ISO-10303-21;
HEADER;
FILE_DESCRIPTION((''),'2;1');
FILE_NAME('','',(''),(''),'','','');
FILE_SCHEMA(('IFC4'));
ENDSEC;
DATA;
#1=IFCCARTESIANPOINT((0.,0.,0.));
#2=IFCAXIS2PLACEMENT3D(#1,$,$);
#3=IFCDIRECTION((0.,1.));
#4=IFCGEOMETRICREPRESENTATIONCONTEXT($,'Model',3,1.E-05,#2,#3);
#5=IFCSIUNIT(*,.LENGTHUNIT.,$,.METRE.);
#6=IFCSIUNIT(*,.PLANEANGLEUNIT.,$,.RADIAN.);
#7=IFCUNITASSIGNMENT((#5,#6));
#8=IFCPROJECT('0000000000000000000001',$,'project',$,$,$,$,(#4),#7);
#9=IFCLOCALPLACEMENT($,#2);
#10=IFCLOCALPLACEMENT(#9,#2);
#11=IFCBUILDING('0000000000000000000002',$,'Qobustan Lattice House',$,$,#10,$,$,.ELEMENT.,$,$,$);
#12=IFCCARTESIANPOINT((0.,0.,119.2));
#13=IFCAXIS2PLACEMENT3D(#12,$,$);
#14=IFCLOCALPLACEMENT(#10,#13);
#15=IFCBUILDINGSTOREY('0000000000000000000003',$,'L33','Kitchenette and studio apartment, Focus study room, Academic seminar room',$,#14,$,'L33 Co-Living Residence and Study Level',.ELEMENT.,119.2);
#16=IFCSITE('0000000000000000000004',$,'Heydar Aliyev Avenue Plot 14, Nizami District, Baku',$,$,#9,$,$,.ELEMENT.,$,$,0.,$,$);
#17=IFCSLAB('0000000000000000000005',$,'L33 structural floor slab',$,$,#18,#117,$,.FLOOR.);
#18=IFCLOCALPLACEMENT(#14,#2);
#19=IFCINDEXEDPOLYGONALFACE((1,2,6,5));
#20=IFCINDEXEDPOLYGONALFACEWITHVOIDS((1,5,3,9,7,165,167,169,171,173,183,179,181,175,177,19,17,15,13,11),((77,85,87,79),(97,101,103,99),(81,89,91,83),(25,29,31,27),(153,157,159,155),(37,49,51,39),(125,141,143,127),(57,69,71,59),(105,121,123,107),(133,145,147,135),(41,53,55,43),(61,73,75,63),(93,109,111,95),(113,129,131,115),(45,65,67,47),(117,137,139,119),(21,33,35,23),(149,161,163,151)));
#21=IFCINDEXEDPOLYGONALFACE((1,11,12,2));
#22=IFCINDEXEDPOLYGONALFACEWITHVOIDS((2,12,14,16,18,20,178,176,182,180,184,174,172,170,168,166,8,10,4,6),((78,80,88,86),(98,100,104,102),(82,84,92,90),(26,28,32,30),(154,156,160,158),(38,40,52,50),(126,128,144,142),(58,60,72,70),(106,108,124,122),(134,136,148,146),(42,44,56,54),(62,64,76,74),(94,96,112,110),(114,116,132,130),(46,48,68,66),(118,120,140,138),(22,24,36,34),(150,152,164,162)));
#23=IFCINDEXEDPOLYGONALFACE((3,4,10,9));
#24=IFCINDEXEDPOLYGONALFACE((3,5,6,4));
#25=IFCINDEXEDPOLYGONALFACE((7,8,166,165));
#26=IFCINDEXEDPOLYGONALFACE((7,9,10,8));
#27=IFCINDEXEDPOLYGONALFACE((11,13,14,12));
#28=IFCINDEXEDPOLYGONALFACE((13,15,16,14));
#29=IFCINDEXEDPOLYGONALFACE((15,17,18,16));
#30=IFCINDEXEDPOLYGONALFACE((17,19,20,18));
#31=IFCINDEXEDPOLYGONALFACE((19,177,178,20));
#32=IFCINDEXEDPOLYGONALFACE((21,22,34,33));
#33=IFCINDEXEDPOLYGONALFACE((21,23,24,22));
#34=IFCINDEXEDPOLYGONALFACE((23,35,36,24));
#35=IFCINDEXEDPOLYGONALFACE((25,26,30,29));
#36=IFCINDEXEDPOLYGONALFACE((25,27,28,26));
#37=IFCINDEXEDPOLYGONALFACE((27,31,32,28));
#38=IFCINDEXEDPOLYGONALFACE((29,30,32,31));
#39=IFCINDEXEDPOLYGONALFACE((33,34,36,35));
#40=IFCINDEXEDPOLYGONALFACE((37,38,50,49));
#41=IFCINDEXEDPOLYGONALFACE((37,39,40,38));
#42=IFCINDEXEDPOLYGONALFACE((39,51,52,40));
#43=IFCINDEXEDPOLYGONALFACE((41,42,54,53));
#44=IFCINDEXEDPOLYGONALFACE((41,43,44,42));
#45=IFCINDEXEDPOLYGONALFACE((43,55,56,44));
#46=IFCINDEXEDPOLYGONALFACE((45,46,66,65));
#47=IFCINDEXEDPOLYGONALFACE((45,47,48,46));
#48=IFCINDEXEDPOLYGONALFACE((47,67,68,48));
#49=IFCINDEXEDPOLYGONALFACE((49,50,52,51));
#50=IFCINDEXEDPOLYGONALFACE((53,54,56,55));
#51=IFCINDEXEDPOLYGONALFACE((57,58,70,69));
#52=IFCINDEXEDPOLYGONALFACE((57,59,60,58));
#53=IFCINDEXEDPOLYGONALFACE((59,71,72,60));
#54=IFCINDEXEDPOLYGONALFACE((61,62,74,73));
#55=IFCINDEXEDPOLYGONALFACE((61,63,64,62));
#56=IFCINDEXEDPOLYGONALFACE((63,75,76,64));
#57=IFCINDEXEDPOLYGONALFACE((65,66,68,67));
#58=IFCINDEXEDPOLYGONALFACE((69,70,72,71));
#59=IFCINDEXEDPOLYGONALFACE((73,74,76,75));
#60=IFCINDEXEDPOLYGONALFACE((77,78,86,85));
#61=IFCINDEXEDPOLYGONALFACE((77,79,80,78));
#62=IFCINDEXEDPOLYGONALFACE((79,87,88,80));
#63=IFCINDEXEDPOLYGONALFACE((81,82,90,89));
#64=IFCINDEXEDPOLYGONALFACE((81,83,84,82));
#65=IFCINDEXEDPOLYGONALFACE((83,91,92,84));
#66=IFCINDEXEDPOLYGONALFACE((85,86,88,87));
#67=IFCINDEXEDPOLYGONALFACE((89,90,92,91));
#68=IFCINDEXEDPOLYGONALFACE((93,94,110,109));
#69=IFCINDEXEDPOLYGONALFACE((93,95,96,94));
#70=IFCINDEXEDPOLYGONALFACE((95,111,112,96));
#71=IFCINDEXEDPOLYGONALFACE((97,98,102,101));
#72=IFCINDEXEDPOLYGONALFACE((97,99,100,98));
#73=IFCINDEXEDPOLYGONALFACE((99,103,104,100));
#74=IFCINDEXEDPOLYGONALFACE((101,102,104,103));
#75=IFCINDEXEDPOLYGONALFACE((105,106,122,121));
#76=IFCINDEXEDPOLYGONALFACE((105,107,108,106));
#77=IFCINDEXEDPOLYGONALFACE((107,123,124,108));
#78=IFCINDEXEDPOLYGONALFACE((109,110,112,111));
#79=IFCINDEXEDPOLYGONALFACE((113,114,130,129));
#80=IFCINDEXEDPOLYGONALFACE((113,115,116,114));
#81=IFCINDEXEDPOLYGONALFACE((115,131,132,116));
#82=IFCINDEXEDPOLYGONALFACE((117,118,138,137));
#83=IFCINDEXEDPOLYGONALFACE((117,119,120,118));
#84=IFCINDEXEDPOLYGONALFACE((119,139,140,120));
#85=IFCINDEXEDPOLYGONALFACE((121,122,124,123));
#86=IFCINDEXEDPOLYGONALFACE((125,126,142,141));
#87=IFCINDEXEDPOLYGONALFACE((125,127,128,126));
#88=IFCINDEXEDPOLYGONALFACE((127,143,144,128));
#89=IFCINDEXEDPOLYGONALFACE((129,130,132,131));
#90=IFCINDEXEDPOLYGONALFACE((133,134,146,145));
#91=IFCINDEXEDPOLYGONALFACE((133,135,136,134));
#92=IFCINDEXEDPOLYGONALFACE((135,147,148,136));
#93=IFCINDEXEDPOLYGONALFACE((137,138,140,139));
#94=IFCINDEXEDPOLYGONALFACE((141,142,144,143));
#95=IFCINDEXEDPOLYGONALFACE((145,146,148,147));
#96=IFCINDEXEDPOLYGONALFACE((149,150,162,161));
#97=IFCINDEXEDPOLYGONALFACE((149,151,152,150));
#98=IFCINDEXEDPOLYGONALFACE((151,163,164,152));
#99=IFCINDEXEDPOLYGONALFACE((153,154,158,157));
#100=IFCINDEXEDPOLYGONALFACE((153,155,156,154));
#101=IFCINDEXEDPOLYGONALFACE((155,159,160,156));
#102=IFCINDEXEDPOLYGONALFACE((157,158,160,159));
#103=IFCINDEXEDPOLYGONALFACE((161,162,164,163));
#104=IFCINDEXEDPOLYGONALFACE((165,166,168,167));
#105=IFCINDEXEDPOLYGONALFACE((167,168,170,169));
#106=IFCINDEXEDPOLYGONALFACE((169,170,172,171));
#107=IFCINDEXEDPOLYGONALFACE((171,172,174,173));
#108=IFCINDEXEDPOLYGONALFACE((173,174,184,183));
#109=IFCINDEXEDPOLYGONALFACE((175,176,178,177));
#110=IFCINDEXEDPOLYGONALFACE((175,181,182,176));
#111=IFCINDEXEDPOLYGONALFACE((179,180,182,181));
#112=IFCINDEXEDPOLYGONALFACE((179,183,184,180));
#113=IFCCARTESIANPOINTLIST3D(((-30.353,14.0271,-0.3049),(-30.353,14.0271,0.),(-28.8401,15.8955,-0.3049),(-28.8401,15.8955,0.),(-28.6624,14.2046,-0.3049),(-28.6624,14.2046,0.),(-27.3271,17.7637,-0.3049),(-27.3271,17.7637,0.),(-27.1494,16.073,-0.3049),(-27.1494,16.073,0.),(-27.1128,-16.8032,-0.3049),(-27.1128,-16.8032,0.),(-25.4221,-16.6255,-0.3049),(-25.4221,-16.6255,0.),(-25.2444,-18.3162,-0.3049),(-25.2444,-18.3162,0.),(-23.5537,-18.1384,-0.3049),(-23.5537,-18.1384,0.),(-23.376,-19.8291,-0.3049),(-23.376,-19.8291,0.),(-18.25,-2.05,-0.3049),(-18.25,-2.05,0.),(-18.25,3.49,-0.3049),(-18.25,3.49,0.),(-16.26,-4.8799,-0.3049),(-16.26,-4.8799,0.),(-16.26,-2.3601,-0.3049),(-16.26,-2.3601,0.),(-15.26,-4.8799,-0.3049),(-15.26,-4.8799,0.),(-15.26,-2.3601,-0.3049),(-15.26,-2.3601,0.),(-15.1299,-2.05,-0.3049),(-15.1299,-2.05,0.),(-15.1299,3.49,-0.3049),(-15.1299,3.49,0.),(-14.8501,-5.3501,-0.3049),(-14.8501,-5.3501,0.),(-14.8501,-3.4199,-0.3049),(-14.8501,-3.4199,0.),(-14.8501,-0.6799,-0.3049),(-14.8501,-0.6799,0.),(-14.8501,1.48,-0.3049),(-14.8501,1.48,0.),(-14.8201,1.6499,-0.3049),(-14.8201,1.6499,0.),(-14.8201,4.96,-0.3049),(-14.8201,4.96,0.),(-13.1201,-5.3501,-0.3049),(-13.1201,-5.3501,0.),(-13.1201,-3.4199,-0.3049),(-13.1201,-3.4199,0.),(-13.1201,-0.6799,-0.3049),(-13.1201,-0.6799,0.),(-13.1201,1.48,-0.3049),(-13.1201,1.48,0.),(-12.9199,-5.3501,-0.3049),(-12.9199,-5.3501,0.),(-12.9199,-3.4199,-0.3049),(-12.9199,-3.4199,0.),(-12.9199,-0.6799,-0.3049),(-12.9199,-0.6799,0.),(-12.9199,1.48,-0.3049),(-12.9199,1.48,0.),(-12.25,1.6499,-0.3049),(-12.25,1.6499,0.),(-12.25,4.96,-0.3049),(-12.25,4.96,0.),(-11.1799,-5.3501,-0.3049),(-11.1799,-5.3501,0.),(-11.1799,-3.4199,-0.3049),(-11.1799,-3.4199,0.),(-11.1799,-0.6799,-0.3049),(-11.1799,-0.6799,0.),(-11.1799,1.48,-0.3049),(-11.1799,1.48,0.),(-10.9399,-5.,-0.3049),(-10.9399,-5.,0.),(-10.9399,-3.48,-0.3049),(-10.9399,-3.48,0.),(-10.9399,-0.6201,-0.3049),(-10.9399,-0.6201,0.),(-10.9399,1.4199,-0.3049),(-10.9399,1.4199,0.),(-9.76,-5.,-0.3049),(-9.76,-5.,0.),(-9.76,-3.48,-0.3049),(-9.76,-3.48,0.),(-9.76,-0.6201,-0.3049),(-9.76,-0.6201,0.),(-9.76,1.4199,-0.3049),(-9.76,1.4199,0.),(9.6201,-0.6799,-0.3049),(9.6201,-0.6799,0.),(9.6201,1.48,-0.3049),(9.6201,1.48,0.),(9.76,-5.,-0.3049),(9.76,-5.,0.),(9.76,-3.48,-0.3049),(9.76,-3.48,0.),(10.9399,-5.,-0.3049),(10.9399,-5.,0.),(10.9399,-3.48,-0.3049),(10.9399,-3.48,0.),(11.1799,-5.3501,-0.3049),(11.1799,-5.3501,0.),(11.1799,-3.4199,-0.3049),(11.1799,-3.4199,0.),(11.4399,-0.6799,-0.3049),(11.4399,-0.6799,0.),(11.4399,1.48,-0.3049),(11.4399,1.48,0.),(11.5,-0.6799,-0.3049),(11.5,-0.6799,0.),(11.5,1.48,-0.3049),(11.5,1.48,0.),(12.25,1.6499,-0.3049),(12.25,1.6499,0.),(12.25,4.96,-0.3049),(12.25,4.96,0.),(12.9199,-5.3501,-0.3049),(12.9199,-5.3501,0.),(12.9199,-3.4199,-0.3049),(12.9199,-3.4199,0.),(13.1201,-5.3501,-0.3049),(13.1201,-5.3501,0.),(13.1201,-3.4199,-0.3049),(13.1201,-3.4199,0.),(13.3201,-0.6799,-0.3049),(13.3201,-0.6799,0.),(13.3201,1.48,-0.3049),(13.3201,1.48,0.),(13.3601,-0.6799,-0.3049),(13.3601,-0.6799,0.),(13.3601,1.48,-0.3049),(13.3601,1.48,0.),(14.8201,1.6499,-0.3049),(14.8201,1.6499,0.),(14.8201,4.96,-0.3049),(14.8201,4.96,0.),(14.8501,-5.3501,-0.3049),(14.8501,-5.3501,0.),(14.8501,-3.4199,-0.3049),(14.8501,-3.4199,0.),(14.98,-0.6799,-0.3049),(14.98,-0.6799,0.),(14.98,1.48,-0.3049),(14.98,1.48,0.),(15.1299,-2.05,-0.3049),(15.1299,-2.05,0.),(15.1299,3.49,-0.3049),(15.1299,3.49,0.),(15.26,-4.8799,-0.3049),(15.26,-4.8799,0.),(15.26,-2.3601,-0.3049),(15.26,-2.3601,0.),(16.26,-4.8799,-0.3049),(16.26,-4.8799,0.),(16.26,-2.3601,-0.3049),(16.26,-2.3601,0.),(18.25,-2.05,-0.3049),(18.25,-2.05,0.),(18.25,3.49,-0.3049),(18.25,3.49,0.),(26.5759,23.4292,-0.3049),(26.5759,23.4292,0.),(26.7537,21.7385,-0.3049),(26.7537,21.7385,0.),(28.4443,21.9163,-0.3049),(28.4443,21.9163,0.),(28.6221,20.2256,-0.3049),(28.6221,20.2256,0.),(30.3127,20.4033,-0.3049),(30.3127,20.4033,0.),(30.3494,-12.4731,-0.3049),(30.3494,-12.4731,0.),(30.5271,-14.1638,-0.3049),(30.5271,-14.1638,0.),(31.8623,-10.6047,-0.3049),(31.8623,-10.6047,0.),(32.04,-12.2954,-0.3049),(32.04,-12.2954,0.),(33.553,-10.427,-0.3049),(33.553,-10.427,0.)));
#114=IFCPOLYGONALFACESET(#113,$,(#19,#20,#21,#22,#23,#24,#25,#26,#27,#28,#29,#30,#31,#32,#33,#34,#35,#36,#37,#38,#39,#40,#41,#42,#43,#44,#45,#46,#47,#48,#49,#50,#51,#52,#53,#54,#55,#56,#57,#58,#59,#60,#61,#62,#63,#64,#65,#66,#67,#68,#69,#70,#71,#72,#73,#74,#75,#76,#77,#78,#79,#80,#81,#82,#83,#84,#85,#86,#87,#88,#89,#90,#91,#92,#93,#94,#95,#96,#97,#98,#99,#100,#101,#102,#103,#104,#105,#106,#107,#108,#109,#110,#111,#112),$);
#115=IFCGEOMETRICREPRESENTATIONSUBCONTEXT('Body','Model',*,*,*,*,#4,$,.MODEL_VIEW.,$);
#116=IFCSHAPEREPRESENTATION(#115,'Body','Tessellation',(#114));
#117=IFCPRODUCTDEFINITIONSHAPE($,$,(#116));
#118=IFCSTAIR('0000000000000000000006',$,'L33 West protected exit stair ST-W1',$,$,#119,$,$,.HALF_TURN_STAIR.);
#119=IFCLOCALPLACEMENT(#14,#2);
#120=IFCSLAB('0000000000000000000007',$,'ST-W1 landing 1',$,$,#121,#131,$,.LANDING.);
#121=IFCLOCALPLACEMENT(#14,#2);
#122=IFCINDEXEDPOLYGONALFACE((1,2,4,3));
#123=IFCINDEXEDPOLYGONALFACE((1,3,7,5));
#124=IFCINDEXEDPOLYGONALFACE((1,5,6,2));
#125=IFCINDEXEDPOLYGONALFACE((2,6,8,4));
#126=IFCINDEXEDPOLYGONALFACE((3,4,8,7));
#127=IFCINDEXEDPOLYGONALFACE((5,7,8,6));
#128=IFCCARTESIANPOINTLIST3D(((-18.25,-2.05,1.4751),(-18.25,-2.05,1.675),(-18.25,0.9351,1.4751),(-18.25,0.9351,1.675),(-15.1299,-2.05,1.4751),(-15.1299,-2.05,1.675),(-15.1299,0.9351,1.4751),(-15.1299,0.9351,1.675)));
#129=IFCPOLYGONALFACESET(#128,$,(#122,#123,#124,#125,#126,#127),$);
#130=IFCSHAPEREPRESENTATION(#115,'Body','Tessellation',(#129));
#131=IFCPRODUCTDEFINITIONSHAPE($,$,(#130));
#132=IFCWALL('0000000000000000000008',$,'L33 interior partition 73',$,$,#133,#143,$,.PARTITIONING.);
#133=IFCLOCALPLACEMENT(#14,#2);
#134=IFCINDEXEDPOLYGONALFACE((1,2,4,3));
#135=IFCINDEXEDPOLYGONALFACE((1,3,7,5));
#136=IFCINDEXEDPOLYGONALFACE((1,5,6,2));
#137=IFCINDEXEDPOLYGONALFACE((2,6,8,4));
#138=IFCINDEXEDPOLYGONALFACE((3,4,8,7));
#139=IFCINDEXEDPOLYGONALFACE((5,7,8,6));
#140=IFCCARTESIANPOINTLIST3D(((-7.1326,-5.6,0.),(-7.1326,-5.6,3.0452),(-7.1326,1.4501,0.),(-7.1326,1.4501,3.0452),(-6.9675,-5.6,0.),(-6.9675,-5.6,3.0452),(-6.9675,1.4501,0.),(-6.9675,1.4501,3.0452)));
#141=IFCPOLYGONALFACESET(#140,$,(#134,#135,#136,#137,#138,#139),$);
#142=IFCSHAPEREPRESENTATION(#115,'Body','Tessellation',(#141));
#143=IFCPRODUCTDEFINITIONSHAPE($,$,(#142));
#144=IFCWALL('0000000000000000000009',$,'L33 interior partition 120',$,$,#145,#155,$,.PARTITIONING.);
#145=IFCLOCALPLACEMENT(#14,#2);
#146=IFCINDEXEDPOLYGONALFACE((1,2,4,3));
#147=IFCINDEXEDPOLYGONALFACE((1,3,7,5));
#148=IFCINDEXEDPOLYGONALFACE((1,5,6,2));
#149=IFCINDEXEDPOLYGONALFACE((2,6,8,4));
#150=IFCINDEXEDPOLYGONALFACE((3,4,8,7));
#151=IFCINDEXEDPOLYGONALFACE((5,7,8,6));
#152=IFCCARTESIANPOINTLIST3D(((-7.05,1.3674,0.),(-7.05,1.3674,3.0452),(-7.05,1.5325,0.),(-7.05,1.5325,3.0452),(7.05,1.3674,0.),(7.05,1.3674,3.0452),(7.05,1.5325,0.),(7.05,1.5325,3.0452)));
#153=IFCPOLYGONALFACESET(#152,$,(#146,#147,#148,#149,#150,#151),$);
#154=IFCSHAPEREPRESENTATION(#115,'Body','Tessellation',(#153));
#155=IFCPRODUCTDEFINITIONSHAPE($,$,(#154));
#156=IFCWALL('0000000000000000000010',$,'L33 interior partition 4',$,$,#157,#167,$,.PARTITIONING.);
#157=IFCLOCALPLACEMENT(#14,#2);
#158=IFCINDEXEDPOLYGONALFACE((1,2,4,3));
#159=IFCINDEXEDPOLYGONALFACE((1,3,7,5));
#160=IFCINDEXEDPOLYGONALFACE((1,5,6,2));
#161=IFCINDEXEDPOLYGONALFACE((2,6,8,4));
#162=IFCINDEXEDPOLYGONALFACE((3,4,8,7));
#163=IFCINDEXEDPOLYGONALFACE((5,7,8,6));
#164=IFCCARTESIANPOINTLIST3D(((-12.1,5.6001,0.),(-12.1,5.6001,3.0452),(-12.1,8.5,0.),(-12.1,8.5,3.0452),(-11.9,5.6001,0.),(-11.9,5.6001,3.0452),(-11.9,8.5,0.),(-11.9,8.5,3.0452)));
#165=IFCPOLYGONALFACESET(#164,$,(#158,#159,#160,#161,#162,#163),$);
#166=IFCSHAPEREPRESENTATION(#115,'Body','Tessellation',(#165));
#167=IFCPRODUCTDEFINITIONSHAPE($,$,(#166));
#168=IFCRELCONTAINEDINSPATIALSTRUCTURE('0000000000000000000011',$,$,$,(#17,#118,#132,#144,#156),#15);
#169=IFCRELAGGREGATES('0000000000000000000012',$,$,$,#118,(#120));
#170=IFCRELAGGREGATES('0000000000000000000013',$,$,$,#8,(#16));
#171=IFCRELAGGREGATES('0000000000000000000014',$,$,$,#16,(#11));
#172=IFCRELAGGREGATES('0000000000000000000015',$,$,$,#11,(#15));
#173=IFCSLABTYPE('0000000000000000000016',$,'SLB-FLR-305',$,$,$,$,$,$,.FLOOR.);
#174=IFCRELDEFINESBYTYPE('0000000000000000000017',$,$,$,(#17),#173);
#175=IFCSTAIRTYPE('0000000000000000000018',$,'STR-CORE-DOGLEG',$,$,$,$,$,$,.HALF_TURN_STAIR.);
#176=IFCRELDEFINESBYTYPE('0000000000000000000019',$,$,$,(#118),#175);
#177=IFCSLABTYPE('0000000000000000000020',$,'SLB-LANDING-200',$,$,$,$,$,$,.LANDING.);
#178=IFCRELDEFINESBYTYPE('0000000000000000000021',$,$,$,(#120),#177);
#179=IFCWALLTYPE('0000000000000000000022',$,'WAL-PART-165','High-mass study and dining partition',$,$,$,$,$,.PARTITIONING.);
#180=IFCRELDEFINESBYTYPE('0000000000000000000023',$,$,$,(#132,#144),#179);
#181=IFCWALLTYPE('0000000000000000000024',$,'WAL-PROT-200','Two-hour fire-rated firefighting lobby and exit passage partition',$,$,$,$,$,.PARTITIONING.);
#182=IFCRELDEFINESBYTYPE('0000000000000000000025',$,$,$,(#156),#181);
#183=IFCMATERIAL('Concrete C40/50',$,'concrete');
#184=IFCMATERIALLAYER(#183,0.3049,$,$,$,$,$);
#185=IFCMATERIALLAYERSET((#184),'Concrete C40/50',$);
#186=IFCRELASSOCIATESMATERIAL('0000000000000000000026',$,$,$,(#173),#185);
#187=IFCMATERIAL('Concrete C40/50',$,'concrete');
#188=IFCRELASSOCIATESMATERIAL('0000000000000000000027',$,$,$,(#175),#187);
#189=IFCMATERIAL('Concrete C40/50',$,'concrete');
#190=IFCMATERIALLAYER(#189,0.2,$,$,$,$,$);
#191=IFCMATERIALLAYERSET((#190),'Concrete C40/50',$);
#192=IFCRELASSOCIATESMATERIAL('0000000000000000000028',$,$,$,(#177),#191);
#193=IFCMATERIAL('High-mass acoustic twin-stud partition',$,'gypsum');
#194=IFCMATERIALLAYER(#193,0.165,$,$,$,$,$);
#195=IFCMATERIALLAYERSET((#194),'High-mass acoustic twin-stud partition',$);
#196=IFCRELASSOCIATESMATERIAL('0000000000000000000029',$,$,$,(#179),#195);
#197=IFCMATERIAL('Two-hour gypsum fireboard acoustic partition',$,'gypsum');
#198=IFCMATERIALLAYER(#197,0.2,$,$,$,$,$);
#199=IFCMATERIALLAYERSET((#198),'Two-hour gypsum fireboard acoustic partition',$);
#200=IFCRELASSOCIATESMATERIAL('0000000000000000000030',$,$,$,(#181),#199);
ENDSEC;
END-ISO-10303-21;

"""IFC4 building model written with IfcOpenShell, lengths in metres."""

from ifc_helpers import new_model, si_unit, direction, frame, frame_2d, origin, place, context, subcontext, project, spatial, polyline, rectangle, outline, extrude, material, layer, layer_set, type_object, element, aggregate, save


model = new_model("IFC4")

# Units and contexts
model_context = context("Model", 3, precision=1e-05, world=origin(), true_north=direction((0.0, 1.0)))
body_context = subcontext(model_context, "Body", "Model", "MODEL_VIEW")
ifc_project = project(units=[si_unit("LENGTHUNIT", "METRE"), si_unit("PLANEANGLEUNIT", "RADIAN")], contexts=[model_context])

# Site, building, storey
site_placement = place(None, origin())
site = spatial("IfcSite", under=ifc_project, at=site_placement, Name="Heydar Aliyev Avenue Plot 14, Nizami District, Baku", CompositionType="ELEMENT", RefElevation=0.0)
building_placement = place(site_placement, origin())
building = spatial("IfcBuilding", under=site, at=building_placement, Name="Qobustan Lattice House", CompositionType="ELEMENT")
storey_placement = place(building_placement, frame((0.0, 0.0, 119.2)))
storey = spatial("IfcBuildingStorey", under=building, at=storey_placement, Name="L33", Description="Kitchenette and studio apartment, Focus study room, Academic seminar room", LongName="L33 Co-Living Residence and Study Level", CompositionType="ELEMENT", Elevation=119.2)

# Slab
ifc_material_1 = material(Name="Concrete C40/50", Category="concrete")
ifc_layer_1 = layer(ifc_material_1, 0.3049)
ifc_layer_set_1 = layer_set([ifc_layer_1], Name="Concrete C40/50")
slab_type_1 = type_object("IfcSlabType", Name="SLB-FLR-305", PredefinedType="FLOOR", material=ifc_layer_set_1)
slab_1_placement = place(storey_placement, frame((0.0, 0.0, -0.3049)))
element("IfcSlab", 1, at=slab_1_placement, inside=storey, type_object=slab_type_1, Name="L33 structural floor slab", PredefinedType="FLOOR", context=body_context, shape_type="SweptSolid", body=[
    extrude(outline(polyline([(-23.376, -19.8291), (30.5271, -14.1638), (30.3494, -12.4731), (32.04, -12.2954), (31.8623, -10.6047), (33.553, -10.427), (30.3127, 20.4033), (28.6221, 20.2256), (28.4443, 21.9163), (26.7537, 21.7385), (26.5759, 23.4292), (-27.3271, 17.7637), (-27.1494, 16.073), (-28.8401, 15.8955), (-28.6624, 14.2046), (-30.353, 14.0271), (-27.1128, -16.8032), (-25.4221, -16.6255), (-25.2444, -18.3162), (-23.5537, -18.1384), (-23.376, -19.8291)]), holes=[polyline([(-18.25, -2.05), (-18.25, 3.49), (-15.1299, 3.49), (-15.1299, -2.05), (-18.25, -2.05)]), polyline([(15.1299, -2.05), (15.1299, 3.49), (18.25, 3.49), (18.25, -2.05), (15.1299, -2.05)]), polyline([(-14.8201, 1.6499), (-14.8201, 4.96), (-12.25, 4.96), (-12.25, 1.6499), (-14.8201, 1.6499)]), polyline([(12.25, 1.6499), (12.25, 4.96), (14.8201, 4.96), (14.8201, 1.6499), (12.25, 1.6499)]), polyline([(-16.26, -4.8799), (-16.26, -2.3601), (-15.26, -2.3601), (-15.26, -4.8799), (-16.26, -4.8799)]), polyline([(15.26, -4.8799), (15.26, -2.3601), (16.26, -2.3601), (16.26, -4.8799), (15.26, -4.8799)]), polyline([(-14.8501, -5.3501), (-14.8501, -3.4199), (-13.1201, -3.4199), (-13.1201, -5.3501), (-14.8501, -5.3501)]), polyline([(-12.9199, -5.3501), (-12.9199, -3.4199), (-11.1799, -3.4199), (-11.1799, -5.3501), (-12.9199, -5.3501)]), polyline([(-14.8501, -0.6799), (-14.8501, 1.48), (-13.1201, 1.48), (-13.1201, -0.6799), (-14.8501, -0.6799)]), polyline([(-12.9199, -0.6799), (-12.9199, 1.48), (-11.1799, 1.48), (-11.1799, -0.6799), (-12.9199, -0.6799)]), polyline([(-10.9399, -5.0), (-10.9399, -3.48), (-9.76, -3.48), (-9.76, -5.0), (-10.9399, -5.0)]), polyline([(-10.9399, -0.6201), (-10.9399, 1.4199), (-9.76, 1.4199), (-9.76, -0.6201), (-10.9399, -0.6201)]), polyline([(11.1799, -5.3501), (11.1799, -3.4199), (12.9199, -3.4199), (12.9199, -5.3501), (11.1799, -5.3501)]), polyline([(13.1201, -5.3501), (13.1201, -3.4199), (14.8501, -3.4199), (14.8501, -5.3501), (13.1201, -5.3501)]), polyline([(9.76, -5.0), (9.76, -3.48), (10.9399, -3.48), (10.9399, -5.0), (9.76, -5.0)]), polyline([(13.3601, -0.6799), (13.3601, 1.48), (14.98, 1.48), (14.98, -0.6799), (13.3601, -0.6799)]), polyline([(9.6201, -0.6799), (9.6201, 1.48), (11.4399, 1.48), (11.4399, -0.6799), (9.6201, -0.6799)]), polyline([(11.5, -0.6799), (11.5, 1.48), (13.3201, 1.48), (13.3201, -0.6799), (11.5, -0.6799)])]), origin(), (0.0, 0.0, 1.0), 0.3049),
])

# Stair, slab
ifc_material_2 = material(Name="Concrete C40/50", Category="concrete")
stair_type = type_object("IfcStairType", Name="STR-CORE-DOGLEG", PredefinedType="HALF_TURN_STAIR", material=ifc_material_2)
stair_placement = place(storey_placement, origin())
stair = element("IfcStair", 2, at=stair_placement, inside=storey, type_object=stair_type, Name="L33 West protected exit stair ST-W1", PredefinedType="HALF_TURN_STAIR")
ifc_material_3 = material(Name="Concrete C40/50", Category="concrete")
ifc_layer_2 = layer(ifc_material_3, 0.2)
ifc_layer_set_2 = layer_set([ifc_layer_2], Name="Concrete C40/50")
slab_type_2 = type_object("IfcSlabType", Name="SLB-LANDING-200", PredefinedType="LANDING", material=ifc_layer_set_2)
slab_2_placement = place(storey_placement, frame((0.0, 0.0, 1.4751)))
slab_2 = element("IfcSlab", 3, at=slab_2_placement, type_object=slab_type_2, Name="ST-W1 landing 1", PredefinedType="LANDING", context=body_context, shape_type="SweptSolid", body=[
    extrude(outline(polyline([(-18.25, 0.9351), (-18.25, -2.05), (-15.1299, -2.05), (-15.1299, 0.9351), (-18.25, 0.9351)])), origin(), (0.0, 0.0, 1.0), 0.2),
])

# Walls
ifc_material_4 = material(Name="High-mass acoustic twin-stud partition", Category="gypsum")
ifc_layer_3 = layer(ifc_material_4, 0.165)
ifc_layer_set_3 = layer_set([ifc_layer_3], Name="High-mass acoustic twin-stud partition")
wall_type_1 = type_object("IfcWallType", Name="WAL-PART-165", Description="High-mass study and dining partition", PredefinedType="PARTITIONING", material=ifc_layer_set_3)
wall_1_placement = place(storey_placement, frame((-7.05, 1.45, 0.0), z_axis=(0.0, 0.0, 1.0), x_axis=(0.0, -1.0, 0.0)))
element("IfcWall", 4, at=wall_1_placement, inside=storey, type_object=wall_type_1, Name="L33 interior partition 73", PredefinedType="PARTITIONING", context=body_context, shape_type="SweptSolid", body=[
    extrude(rectangle(XDim=7.05, YDim=0.165, at=frame_2d((3.5249, 0.0))), origin(), (0.0, 0.0, 1.0), 3.0452),
])
wall_2_placement = place(storey_placement, frame((-7.05, 1.45, 0.0), z_axis=(0.0, 0.0, 1.0), x_axis=(1.0, 0.0, 0.0)))
element("IfcWall", 5, at=wall_2_placement, inside=storey, type_object=wall_type_1, Name="L33 interior partition 120", PredefinedType="PARTITIONING", context=body_context, shape_type="SweptSolid", body=[
    extrude(rectangle(XDim=14.1001, YDim=0.165, at=frame_2d((7.05, 0.0))), origin(), (0.0, 0.0, 1.0), 3.0452),
])
ifc_material_5 = material(Name="Two-hour gypsum fireboard acoustic partition", Category="gypsum")
ifc_layer_4 = layer(ifc_material_5, 0.2)
ifc_layer_set_4 = layer_set([ifc_layer_4], Name="Two-hour gypsum fireboard acoustic partition")
wall_type_2 = type_object("IfcWallType", Name="WAL-PROT-200", Description="Two-hour fire-rated firefighting lobby and exit passage partition", PredefinedType="PARTITIONING", material=ifc_layer_set_4)
wall_3_placement = place(storey_placement, frame((-12.0, 5.6001, 0.0), z_axis=(0.0, 0.0, 1.0), x_axis=(0.0, 1.0, 0.0)))
element("IfcWall", 6, at=wall_3_placement, inside=storey, type_object=wall_type_2, Name="L33 interior partition 4", PredefinedType="PARTITIONING", context=body_context, shape_type="SweptSolid", body=[
    extrude(rectangle(XDim=2.8999, YDim=0.2, at=frame_2d((1.45, 0.0))), origin(), (0.0, 0.0, 1.0), 3.0452),
])

aggregate(stair, [slab_2])

save(model, "model.ifc")
